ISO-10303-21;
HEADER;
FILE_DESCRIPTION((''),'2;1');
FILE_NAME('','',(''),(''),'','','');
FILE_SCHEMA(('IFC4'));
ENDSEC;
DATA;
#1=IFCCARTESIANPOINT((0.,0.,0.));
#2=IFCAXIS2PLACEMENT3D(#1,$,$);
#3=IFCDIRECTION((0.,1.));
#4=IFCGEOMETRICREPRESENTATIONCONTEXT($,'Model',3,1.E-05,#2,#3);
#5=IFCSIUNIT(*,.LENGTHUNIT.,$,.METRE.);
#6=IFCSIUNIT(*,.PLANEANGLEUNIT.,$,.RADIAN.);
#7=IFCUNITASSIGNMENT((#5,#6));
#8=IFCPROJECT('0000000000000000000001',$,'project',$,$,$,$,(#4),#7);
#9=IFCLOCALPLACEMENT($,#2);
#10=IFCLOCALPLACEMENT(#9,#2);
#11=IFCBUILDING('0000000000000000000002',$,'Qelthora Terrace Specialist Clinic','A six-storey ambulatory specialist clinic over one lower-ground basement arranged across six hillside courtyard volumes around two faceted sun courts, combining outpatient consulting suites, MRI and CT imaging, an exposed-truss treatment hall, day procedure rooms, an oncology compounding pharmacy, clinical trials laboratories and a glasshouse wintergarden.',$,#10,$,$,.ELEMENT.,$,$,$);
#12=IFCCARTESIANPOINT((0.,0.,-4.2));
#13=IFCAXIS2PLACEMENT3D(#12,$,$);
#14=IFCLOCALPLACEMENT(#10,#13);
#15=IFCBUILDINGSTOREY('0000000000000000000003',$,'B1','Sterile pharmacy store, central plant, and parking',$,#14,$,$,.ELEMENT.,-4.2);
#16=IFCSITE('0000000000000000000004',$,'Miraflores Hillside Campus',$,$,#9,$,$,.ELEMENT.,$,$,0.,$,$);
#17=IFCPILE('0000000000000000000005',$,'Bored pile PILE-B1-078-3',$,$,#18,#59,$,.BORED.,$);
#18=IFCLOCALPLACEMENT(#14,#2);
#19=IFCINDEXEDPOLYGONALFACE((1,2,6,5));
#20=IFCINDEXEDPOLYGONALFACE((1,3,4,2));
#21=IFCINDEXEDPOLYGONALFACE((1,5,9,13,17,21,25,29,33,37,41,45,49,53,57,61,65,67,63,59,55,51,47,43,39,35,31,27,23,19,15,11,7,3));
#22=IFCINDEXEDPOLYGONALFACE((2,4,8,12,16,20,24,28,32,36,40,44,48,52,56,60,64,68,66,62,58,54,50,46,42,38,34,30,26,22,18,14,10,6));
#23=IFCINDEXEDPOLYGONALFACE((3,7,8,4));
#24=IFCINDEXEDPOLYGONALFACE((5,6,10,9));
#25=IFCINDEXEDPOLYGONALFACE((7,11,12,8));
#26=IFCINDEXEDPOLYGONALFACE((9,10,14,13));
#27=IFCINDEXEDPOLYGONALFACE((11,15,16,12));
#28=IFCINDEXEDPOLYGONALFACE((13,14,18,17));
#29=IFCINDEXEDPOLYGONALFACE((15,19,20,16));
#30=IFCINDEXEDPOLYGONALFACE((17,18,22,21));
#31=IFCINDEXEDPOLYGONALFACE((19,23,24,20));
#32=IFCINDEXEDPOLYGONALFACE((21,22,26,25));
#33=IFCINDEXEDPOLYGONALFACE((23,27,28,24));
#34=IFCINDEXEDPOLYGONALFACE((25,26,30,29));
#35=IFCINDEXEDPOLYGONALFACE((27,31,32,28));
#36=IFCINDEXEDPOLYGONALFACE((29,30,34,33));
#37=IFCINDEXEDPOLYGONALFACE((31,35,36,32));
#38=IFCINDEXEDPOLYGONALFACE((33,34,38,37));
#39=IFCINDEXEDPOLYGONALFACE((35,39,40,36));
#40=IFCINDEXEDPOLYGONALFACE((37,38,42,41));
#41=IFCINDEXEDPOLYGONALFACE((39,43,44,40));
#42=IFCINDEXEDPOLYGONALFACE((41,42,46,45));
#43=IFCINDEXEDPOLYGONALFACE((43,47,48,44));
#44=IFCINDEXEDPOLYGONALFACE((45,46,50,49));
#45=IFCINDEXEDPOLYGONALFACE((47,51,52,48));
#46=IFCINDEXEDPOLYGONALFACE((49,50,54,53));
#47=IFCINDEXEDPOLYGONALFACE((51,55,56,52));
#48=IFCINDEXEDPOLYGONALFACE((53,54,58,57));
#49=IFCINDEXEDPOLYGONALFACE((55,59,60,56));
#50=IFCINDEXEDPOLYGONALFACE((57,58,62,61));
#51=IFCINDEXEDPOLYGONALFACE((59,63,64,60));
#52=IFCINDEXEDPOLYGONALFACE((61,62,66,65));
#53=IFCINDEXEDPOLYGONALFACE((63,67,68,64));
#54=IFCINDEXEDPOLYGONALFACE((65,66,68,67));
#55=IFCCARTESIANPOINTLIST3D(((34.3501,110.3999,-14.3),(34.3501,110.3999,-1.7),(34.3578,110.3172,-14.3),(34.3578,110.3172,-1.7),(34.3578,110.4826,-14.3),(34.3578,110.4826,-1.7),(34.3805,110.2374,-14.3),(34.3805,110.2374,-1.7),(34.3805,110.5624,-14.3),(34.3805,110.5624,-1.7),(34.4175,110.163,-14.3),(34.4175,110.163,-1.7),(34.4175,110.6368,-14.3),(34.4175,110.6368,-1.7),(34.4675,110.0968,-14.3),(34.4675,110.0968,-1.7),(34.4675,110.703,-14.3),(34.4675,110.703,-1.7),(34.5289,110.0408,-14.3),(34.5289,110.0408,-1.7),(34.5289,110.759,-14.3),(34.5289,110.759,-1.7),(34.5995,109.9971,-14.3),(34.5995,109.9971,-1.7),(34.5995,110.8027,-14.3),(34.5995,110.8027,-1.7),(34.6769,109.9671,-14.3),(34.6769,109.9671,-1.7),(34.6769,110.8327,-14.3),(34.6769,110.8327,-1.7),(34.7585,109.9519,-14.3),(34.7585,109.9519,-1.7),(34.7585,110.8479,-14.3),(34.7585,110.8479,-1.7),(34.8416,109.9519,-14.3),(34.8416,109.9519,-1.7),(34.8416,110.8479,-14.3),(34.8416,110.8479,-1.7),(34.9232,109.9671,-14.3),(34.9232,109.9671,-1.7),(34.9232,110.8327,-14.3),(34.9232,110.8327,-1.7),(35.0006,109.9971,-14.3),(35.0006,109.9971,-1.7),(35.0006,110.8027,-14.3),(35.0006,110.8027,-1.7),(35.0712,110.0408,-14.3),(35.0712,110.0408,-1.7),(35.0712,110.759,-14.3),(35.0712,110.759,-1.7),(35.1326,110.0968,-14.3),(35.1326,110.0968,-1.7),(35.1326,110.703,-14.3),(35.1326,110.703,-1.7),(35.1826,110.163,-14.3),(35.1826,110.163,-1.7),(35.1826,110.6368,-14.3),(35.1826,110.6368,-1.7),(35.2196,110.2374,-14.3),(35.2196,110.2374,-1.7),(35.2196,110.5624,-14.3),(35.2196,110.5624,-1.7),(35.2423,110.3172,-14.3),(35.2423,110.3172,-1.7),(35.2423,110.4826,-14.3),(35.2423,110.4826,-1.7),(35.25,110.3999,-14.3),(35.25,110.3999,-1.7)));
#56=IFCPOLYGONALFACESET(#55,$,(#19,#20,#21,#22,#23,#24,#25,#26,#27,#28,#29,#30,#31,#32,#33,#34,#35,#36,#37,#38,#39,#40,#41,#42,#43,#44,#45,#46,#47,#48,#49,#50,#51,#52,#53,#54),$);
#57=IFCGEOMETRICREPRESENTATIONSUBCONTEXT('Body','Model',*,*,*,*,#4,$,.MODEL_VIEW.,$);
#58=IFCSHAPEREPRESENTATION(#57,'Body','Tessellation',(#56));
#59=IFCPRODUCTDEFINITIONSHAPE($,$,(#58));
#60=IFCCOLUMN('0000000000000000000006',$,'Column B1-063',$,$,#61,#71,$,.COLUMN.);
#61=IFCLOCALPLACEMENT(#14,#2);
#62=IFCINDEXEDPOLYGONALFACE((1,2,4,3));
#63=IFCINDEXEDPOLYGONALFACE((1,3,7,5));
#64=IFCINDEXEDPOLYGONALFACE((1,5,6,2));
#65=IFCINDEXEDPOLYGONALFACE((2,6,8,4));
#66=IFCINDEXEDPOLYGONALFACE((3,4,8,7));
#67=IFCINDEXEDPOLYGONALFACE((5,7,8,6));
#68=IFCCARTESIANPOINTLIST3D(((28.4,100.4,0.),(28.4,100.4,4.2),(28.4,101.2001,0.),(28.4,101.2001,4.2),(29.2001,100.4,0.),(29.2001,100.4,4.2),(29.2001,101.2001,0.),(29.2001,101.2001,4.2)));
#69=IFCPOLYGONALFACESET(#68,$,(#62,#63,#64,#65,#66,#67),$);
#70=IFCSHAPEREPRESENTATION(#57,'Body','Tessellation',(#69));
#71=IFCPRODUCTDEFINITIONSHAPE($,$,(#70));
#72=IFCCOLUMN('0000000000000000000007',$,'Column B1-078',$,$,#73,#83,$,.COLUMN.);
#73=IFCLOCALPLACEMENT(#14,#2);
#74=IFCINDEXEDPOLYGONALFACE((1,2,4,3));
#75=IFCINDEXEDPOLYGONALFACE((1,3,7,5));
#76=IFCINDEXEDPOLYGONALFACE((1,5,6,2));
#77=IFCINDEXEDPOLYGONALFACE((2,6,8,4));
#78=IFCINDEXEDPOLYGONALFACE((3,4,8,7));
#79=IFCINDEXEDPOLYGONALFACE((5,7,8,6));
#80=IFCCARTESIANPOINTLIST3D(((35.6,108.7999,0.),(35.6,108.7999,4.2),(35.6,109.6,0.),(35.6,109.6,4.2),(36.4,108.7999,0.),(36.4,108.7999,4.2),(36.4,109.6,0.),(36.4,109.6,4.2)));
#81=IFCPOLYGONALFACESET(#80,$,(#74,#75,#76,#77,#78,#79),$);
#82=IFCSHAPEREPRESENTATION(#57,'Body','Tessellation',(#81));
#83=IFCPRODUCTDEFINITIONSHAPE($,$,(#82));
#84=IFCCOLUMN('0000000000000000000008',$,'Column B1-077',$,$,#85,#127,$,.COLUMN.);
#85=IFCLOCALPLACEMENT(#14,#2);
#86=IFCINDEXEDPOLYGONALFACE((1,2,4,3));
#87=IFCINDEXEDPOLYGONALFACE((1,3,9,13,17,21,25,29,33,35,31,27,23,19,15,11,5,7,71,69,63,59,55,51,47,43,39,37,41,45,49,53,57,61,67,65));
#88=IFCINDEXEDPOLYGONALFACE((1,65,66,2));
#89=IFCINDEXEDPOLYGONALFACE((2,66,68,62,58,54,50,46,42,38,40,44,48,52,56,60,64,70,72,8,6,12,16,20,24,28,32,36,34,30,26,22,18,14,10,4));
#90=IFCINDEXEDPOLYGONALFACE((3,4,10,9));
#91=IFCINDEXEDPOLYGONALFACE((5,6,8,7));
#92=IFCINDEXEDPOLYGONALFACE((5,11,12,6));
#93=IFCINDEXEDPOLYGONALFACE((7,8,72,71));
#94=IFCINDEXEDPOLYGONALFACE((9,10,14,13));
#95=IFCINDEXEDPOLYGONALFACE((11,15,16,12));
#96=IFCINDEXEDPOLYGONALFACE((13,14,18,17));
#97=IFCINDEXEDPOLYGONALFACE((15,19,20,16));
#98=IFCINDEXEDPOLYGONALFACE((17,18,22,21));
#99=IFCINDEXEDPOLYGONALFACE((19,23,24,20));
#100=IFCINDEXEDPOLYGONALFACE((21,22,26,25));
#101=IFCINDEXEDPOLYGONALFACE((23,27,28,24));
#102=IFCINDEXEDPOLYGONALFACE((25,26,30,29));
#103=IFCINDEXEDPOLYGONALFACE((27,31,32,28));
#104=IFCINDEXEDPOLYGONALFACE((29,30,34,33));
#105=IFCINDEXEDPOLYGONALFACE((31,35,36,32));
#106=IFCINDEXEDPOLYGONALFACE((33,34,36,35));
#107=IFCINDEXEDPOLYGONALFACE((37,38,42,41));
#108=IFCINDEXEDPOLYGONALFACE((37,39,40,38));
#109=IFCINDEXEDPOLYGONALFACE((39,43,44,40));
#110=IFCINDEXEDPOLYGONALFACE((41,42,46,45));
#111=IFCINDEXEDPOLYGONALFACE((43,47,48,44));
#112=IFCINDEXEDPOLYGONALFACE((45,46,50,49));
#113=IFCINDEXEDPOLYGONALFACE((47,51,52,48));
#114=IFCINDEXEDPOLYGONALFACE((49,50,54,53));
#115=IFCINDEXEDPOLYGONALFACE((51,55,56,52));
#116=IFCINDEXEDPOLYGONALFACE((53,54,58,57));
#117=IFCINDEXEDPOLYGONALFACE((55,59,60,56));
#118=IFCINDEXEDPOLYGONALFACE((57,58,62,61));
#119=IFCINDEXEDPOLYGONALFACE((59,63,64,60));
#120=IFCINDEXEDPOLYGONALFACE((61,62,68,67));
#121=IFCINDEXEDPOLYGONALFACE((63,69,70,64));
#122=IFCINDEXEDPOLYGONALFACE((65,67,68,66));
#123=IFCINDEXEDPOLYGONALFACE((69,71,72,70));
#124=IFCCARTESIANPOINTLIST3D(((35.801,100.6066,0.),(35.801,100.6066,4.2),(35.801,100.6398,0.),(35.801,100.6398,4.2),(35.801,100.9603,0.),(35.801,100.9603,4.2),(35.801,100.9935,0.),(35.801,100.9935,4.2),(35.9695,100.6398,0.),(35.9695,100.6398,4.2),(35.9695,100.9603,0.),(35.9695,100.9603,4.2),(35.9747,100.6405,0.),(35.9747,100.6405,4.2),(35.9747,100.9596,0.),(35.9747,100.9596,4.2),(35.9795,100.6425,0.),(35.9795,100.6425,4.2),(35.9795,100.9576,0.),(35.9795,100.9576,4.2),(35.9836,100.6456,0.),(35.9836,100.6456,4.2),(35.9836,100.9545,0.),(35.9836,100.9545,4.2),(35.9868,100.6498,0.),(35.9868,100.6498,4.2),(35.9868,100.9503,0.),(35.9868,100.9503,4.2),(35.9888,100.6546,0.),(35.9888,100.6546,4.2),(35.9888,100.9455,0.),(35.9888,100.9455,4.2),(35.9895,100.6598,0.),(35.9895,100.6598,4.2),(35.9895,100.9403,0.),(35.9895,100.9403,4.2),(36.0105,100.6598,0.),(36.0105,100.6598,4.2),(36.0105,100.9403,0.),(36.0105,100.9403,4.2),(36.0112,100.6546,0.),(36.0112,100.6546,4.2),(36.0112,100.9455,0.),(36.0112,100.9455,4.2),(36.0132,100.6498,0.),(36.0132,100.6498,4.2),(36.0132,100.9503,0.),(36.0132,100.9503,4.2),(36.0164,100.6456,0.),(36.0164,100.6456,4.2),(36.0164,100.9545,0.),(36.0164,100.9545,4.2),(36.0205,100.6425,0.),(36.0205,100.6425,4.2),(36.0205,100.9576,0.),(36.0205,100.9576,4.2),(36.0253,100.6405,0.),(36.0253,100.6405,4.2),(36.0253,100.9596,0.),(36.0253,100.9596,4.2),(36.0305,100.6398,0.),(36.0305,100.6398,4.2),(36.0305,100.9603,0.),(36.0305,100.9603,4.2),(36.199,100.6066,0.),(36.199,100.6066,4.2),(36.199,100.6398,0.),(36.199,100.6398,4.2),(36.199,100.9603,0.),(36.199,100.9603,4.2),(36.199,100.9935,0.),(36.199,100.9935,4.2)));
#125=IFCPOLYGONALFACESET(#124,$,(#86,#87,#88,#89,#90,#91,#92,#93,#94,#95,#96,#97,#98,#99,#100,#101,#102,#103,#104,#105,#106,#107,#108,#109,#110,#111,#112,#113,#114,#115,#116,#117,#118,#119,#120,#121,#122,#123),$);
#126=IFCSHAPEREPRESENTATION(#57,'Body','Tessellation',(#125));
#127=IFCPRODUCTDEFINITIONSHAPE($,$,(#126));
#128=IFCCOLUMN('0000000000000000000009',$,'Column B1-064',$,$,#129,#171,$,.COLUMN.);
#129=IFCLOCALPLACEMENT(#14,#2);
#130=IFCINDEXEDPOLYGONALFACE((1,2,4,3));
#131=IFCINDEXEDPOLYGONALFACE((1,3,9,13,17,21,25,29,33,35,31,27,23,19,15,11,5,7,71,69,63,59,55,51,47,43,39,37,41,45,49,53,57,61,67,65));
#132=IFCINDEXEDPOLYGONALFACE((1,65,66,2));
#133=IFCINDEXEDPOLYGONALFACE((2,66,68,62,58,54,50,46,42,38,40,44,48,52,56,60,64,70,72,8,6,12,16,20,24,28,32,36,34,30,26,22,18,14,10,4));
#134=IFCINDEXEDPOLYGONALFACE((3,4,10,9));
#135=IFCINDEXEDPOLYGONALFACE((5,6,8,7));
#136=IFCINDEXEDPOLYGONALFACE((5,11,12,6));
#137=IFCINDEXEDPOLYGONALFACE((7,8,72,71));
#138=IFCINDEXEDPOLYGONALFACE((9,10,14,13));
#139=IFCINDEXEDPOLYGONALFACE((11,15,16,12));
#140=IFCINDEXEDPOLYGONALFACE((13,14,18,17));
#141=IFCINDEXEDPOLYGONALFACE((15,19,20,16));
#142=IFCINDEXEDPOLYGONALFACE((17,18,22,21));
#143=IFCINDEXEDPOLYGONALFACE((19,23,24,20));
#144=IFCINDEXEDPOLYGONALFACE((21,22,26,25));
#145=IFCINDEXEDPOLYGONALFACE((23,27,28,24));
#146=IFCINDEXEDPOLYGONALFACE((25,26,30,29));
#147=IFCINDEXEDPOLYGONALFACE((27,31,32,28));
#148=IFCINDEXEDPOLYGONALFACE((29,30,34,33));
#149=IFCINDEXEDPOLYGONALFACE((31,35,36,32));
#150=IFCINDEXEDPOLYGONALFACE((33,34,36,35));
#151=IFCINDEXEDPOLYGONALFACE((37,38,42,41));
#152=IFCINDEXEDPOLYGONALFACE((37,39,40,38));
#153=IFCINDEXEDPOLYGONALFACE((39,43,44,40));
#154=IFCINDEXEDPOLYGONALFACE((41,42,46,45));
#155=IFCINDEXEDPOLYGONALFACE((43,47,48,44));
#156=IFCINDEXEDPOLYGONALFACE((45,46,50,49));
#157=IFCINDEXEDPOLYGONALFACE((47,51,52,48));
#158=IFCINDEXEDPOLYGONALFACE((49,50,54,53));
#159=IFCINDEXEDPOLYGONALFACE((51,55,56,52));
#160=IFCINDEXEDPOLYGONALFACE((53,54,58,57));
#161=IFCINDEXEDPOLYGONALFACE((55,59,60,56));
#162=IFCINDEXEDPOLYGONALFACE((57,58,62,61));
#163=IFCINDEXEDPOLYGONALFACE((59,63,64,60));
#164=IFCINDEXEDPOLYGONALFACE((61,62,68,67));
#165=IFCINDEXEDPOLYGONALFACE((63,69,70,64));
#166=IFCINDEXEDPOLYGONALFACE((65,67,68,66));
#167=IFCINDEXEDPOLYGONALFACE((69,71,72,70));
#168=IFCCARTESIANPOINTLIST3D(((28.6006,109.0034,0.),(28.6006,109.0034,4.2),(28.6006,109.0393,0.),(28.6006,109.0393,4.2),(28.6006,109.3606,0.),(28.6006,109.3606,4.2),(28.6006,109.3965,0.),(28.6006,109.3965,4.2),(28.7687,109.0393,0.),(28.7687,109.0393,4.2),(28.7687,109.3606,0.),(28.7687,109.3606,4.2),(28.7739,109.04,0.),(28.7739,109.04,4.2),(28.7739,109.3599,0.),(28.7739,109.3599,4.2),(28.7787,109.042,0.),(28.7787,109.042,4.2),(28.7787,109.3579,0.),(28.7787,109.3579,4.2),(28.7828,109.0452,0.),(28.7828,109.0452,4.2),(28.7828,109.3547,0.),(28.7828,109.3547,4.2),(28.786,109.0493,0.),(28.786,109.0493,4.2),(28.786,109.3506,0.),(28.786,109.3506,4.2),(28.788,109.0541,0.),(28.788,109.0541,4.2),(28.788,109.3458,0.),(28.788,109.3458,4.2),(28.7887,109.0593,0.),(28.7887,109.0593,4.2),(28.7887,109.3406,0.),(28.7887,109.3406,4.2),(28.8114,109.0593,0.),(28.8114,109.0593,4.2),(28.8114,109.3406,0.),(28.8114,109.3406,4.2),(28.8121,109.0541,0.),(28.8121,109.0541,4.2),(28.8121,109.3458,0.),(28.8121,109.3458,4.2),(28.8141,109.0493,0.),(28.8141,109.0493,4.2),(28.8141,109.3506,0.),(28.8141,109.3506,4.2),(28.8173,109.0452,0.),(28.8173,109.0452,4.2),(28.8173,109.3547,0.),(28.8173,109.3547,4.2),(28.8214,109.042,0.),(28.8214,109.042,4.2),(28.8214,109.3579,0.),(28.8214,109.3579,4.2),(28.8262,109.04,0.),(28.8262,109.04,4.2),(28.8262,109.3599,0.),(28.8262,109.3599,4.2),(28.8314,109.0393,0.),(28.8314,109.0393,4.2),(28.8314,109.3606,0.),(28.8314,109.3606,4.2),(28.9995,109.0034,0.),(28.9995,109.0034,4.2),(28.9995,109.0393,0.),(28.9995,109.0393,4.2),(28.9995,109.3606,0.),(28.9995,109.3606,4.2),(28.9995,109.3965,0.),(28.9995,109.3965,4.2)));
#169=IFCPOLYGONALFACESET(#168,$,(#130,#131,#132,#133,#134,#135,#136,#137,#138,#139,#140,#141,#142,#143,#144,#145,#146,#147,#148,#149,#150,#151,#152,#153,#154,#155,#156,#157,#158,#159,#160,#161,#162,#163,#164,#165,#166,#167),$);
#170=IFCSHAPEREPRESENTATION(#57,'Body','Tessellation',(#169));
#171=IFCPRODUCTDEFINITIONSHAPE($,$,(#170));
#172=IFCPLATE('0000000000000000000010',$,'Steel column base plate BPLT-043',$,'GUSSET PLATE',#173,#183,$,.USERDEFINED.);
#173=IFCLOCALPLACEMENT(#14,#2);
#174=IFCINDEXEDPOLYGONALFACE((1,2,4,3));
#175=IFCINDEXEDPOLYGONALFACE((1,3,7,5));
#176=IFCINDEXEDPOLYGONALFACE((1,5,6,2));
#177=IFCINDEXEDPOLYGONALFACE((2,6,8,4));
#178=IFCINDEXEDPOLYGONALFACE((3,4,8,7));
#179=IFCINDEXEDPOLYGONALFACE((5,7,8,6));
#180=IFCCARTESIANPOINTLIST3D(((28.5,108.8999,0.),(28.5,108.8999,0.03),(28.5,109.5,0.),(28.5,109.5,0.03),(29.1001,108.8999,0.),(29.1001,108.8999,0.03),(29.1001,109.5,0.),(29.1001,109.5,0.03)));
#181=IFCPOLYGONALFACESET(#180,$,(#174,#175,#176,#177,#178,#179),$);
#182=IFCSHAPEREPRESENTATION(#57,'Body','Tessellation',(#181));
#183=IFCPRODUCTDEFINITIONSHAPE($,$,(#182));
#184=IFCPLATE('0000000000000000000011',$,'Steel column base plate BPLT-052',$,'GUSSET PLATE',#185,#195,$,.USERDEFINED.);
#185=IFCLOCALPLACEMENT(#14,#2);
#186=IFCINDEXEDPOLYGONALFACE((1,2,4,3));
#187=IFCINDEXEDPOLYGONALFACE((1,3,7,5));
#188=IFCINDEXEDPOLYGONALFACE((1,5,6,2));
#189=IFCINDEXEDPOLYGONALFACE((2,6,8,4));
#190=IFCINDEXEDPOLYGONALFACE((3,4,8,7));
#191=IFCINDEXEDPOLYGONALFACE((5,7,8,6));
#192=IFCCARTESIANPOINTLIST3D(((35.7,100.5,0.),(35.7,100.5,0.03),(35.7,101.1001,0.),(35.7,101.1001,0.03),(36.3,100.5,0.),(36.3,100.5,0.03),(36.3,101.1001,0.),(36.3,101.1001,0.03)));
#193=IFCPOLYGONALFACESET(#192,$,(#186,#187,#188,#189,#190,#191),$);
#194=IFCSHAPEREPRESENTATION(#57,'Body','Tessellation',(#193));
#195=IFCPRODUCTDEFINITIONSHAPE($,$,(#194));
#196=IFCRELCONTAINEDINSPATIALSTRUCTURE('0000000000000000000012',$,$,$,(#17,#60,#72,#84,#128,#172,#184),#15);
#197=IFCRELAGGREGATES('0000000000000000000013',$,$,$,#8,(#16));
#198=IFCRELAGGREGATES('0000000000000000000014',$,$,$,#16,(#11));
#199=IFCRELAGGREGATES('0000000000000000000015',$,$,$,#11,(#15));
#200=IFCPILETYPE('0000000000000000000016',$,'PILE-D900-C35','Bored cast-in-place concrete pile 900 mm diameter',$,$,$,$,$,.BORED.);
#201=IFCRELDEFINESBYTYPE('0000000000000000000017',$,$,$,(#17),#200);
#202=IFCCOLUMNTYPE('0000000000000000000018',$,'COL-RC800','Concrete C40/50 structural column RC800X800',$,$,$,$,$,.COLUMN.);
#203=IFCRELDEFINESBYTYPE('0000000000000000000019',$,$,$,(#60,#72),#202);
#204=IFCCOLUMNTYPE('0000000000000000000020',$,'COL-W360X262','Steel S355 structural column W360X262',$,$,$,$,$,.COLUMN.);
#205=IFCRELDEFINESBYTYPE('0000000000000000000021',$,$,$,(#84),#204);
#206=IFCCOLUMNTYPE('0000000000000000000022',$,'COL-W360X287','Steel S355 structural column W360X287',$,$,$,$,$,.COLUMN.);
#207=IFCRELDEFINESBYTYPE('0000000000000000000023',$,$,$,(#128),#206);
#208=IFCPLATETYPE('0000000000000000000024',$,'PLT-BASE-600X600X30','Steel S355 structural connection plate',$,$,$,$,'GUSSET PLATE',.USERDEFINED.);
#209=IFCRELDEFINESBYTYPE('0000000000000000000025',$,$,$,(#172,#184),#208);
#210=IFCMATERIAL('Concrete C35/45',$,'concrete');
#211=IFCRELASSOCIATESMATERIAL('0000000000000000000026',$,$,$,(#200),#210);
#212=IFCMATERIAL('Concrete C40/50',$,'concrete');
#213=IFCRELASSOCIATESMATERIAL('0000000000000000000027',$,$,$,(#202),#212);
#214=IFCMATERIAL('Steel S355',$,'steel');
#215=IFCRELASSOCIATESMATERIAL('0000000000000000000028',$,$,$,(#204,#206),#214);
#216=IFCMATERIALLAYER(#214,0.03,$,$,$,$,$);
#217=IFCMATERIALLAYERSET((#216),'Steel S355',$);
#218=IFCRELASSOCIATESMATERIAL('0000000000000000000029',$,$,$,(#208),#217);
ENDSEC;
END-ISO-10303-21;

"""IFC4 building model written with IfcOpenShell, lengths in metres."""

from ifc_helpers import new_model, si_unit, direction, frame, origin, origin_2d, place, context, subcontext, project, spatial, rectangle, circle, i_section, extrude, material, layer, layer_set, material_profile, profile_set, type_object, element, save


model = new_model("IFC4")

# Units and contexts
model_context = context("Model", 3, precision=1e-05, world=origin(), true_north=direction((0.0, 1.0)))
body_context = subcontext(model_context, "Body", "Model", "MODEL_VIEW")
ifc_project = project(units=[si_unit("LENGTHUNIT", "METRE"), si_unit("PLANEANGLEUNIT", "RADIAN")], contexts=[model_context])

# Site, building, storey
site_placement = place(None, origin())
site = spatial("IfcSite", under=ifc_project, at=site_placement, Name="Miraflores Hillside Campus", CompositionType="ELEMENT", RefElevation=0.0)
building_placement = place(site_placement, origin())
building = spatial("IfcBuilding", under=site, at=building_placement, Name="Qelthora Terrace Specialist Clinic", Description="A six-storey ambulatory specialist clinic over one lower-ground basement arranged across six hillside courtyard volumes around two faceted sun courts, combining outpatient consulting suites, MRI and CT imaging, an exposed-truss treatment hall, day procedure rooms, an oncology compounding pharmacy, clinical trials laboratories and a glasshouse wintergarden.", CompositionType="ELEMENT")
storey_placement = place(building_placement, frame((0.0, 0.0, -4.2)))
storey = spatial("IfcBuildingStorey", under=building, at=storey_placement, Name="B1", Description="Sterile pharmacy store, central plant, and parking", CompositionType="ELEMENT", Elevation=-4.2)

# Shared definitions
ifc_material_1 = material(Name="Concrete C35/45", Category="concrete")

# Pile
ifc_material_profile_1 = material_profile(ifc_material_1, circle(Radius=0.45, at=origin_2d()), Name="PILE900")
ifc_profile_set_1 = profile_set([ifc_material_profile_1], Name="Concrete C35/45")
pile_type_1 = type_object("IfcPileType", Name="PILE-D900-C35", Description="Bored cast-in-place concrete pile 900 mm diameter", PredefinedType="BORED", material=ifc_profile_set_1)
for number, where, z_axis, x_axis, name in (
    (1, (34.8, 110.3999, -1.7), (0.0, 0.0, -1.0), (1.0, 0.0, 0.0), "Bored pile PILE-B1-078-3"),
):
    element("IfcPile", number, at=place(storey_placement, frame(where, z_axis=z_axis, x_axis=x_axis)), inside=storey, type_object=pile_type_1, Name=name, PredefinedType="BORED", context=body_context, shape_type="SweptSolid", body=[
        extrude(circle(Radius=0.45, at=origin_2d()), origin(), (0.0, 0.0, 1.0), 12.6001),
    ])

# Columns
ifc_material_2 = material(Name="Concrete C40/50", Category="concrete")
ifc_material_profile_2 = material_profile(ifc_material_2, rectangle(XDim=0.8, YDim=0.8, at=origin_2d()), Name="RC800X800")
ifc_profile_set_2 = profile_set([ifc_material_profile_2], Name="Concrete C40/50")
column_type_1 = type_object("IfcColumnType", Name="COL-RC800", Description="Concrete C40/50 structural column RC800X800", PredefinedType="COLUMN", material=ifc_profile_set_2)
for number, where, z_axis, x_axis, name in (
    (2, (28.8, 100.8, 0.0), (0.0, 0.0, 1.0), (1.0, 0.0, 0.0), "Column B1-063"),
    (3, (36.0, 109.2, 0.0), (0.0, 0.0, 1.0), (1.0, 0.0, 0.0), "Column B1-078"),
):
    element("IfcColumn", number, at=place(storey_placement, frame(where, z_axis=z_axis, x_axis=x_axis)), inside=storey, type_object=column_type_1, Name=name, PredefinedType="COLUMN", context=body_context, shape_type="SweptSolid", body=[
        extrude(rectangle(XDim=0.8, YDim=0.8, at=origin_2d()), origin(), (0.0, 0.0, 1.0), 4.2),
    ])
ifc_material_3 = material(Name="Steel S355", Category="steel")
ifc_material_profile_3 = material_profile(ifc_material_3, i_section(OverallWidth=0.3979, OverallDepth=0.387, WebThickness=0.021, FlangeThickness=0.0332, FilletRadius=0.02, at=origin_2d()), Name="W360X262")
ifc_profile_set_3 = profile_set([ifc_material_profile_3], Name="Steel S355")
column_type_2 = type_object("IfcColumnType", Name="COL-W360X262", Description="Steel S355 structural column W360X262", PredefinedType="COLUMN", material=ifc_profile_set_3)
column_1_placement = place(storey_placement, frame((36.0, 100.8, 0.0), z_axis=(0.0, 0.0, 1.0), x_axis=(1.0, 0.0, 0.0)))
element("IfcColumn", 4, at=column_1_placement, inside=storey, type_object=column_type_2, Name="Column B1-077", PredefinedType="COLUMN", context=body_context, shape_type="SweptSolid", body=[
    extrude(i_section(OverallWidth=0.3979, OverallDepth=0.387, WebThickness=0.021, FlangeThickness=0.0332, FilletRadius=0.02, at=origin_2d()), origin(), (0.0, 0.0, 1.0), 4.2),
])
ifc_material_profile_4 = material_profile(ifc_material_3, i_section(OverallWidth=0.3989, OverallDepth=0.3931, WebThickness=0.0227, FlangeThickness=0.0359, FilletRadius=0.02, at=origin_2d()), Name="W360X287")
ifc_profile_set_4 = profile_set([ifc_material_profile_4], Name="Steel S355")
column_type_3 = type_object("IfcColumnType", Name="COL-W360X287", Description="Steel S355 structural column W360X287", PredefinedType="COLUMN", material=ifc_profile_set_4)
column_2_placement = place(storey_placement, frame((28.8, 109.2, 0.0), z_axis=(0.0, 0.0, 1.0), x_axis=(1.0, 0.0, 0.0)))
element("IfcColumn", 5, at=column_2_placement, inside=storey, type_object=column_type_3, Name="Column B1-064", PredefinedType="COLUMN", context=body_context, shape_type="SweptSolid", body=[
    extrude(i_section(OverallWidth=0.3989, OverallDepth=0.3931, WebThickness=0.0227, FlangeThickness=0.0359, FilletRadius=0.02, at=origin_2d()), origin(), (0.0, 0.0, 1.0), 4.2),
])

# Plates
ifc_layer_1 = layer(ifc_material_3, 0.03)
ifc_layer_set_1 = layer_set([ifc_layer_1], Name="Steel S355")
plate_type = type_object("IfcPlateType", Name="PLT-BASE-600X600X30", Description="Steel S355 structural connection plate", ElementType="GUSSET PLATE", PredefinedType="USERDEFINED", material=ifc_layer_set_1)
for number, where, z_axis, x_axis, name in (
    (6, (28.8, 109.2, 0.0), (0.0, 0.0, 1.0), (1.0, 0.0, 0.0), "Steel column base plate BPLT-043"),
    (7, (36.0, 100.8, 0.0), (0.0, 0.0, 1.0), (1.0, 0.0, 0.0), "Steel column base plate BPLT-052"),
):
    element("IfcPlate", number, at=place(storey_placement, frame(where, z_axis=z_axis, x_axis=x_axis)), inside=storey, type_object=plate_type, Name=name, ObjectType="GUSSET PLATE", PredefinedType="USERDEFINED", context=body_context, shape_type="SweptSolid", body=[
        extrude(rectangle(XDim=0.6001, YDim=0.6001, at=origin_2d()), origin(), (0.0, 0.0, 1.0), 0.03),
    ])

save(model, "model.ifc")
